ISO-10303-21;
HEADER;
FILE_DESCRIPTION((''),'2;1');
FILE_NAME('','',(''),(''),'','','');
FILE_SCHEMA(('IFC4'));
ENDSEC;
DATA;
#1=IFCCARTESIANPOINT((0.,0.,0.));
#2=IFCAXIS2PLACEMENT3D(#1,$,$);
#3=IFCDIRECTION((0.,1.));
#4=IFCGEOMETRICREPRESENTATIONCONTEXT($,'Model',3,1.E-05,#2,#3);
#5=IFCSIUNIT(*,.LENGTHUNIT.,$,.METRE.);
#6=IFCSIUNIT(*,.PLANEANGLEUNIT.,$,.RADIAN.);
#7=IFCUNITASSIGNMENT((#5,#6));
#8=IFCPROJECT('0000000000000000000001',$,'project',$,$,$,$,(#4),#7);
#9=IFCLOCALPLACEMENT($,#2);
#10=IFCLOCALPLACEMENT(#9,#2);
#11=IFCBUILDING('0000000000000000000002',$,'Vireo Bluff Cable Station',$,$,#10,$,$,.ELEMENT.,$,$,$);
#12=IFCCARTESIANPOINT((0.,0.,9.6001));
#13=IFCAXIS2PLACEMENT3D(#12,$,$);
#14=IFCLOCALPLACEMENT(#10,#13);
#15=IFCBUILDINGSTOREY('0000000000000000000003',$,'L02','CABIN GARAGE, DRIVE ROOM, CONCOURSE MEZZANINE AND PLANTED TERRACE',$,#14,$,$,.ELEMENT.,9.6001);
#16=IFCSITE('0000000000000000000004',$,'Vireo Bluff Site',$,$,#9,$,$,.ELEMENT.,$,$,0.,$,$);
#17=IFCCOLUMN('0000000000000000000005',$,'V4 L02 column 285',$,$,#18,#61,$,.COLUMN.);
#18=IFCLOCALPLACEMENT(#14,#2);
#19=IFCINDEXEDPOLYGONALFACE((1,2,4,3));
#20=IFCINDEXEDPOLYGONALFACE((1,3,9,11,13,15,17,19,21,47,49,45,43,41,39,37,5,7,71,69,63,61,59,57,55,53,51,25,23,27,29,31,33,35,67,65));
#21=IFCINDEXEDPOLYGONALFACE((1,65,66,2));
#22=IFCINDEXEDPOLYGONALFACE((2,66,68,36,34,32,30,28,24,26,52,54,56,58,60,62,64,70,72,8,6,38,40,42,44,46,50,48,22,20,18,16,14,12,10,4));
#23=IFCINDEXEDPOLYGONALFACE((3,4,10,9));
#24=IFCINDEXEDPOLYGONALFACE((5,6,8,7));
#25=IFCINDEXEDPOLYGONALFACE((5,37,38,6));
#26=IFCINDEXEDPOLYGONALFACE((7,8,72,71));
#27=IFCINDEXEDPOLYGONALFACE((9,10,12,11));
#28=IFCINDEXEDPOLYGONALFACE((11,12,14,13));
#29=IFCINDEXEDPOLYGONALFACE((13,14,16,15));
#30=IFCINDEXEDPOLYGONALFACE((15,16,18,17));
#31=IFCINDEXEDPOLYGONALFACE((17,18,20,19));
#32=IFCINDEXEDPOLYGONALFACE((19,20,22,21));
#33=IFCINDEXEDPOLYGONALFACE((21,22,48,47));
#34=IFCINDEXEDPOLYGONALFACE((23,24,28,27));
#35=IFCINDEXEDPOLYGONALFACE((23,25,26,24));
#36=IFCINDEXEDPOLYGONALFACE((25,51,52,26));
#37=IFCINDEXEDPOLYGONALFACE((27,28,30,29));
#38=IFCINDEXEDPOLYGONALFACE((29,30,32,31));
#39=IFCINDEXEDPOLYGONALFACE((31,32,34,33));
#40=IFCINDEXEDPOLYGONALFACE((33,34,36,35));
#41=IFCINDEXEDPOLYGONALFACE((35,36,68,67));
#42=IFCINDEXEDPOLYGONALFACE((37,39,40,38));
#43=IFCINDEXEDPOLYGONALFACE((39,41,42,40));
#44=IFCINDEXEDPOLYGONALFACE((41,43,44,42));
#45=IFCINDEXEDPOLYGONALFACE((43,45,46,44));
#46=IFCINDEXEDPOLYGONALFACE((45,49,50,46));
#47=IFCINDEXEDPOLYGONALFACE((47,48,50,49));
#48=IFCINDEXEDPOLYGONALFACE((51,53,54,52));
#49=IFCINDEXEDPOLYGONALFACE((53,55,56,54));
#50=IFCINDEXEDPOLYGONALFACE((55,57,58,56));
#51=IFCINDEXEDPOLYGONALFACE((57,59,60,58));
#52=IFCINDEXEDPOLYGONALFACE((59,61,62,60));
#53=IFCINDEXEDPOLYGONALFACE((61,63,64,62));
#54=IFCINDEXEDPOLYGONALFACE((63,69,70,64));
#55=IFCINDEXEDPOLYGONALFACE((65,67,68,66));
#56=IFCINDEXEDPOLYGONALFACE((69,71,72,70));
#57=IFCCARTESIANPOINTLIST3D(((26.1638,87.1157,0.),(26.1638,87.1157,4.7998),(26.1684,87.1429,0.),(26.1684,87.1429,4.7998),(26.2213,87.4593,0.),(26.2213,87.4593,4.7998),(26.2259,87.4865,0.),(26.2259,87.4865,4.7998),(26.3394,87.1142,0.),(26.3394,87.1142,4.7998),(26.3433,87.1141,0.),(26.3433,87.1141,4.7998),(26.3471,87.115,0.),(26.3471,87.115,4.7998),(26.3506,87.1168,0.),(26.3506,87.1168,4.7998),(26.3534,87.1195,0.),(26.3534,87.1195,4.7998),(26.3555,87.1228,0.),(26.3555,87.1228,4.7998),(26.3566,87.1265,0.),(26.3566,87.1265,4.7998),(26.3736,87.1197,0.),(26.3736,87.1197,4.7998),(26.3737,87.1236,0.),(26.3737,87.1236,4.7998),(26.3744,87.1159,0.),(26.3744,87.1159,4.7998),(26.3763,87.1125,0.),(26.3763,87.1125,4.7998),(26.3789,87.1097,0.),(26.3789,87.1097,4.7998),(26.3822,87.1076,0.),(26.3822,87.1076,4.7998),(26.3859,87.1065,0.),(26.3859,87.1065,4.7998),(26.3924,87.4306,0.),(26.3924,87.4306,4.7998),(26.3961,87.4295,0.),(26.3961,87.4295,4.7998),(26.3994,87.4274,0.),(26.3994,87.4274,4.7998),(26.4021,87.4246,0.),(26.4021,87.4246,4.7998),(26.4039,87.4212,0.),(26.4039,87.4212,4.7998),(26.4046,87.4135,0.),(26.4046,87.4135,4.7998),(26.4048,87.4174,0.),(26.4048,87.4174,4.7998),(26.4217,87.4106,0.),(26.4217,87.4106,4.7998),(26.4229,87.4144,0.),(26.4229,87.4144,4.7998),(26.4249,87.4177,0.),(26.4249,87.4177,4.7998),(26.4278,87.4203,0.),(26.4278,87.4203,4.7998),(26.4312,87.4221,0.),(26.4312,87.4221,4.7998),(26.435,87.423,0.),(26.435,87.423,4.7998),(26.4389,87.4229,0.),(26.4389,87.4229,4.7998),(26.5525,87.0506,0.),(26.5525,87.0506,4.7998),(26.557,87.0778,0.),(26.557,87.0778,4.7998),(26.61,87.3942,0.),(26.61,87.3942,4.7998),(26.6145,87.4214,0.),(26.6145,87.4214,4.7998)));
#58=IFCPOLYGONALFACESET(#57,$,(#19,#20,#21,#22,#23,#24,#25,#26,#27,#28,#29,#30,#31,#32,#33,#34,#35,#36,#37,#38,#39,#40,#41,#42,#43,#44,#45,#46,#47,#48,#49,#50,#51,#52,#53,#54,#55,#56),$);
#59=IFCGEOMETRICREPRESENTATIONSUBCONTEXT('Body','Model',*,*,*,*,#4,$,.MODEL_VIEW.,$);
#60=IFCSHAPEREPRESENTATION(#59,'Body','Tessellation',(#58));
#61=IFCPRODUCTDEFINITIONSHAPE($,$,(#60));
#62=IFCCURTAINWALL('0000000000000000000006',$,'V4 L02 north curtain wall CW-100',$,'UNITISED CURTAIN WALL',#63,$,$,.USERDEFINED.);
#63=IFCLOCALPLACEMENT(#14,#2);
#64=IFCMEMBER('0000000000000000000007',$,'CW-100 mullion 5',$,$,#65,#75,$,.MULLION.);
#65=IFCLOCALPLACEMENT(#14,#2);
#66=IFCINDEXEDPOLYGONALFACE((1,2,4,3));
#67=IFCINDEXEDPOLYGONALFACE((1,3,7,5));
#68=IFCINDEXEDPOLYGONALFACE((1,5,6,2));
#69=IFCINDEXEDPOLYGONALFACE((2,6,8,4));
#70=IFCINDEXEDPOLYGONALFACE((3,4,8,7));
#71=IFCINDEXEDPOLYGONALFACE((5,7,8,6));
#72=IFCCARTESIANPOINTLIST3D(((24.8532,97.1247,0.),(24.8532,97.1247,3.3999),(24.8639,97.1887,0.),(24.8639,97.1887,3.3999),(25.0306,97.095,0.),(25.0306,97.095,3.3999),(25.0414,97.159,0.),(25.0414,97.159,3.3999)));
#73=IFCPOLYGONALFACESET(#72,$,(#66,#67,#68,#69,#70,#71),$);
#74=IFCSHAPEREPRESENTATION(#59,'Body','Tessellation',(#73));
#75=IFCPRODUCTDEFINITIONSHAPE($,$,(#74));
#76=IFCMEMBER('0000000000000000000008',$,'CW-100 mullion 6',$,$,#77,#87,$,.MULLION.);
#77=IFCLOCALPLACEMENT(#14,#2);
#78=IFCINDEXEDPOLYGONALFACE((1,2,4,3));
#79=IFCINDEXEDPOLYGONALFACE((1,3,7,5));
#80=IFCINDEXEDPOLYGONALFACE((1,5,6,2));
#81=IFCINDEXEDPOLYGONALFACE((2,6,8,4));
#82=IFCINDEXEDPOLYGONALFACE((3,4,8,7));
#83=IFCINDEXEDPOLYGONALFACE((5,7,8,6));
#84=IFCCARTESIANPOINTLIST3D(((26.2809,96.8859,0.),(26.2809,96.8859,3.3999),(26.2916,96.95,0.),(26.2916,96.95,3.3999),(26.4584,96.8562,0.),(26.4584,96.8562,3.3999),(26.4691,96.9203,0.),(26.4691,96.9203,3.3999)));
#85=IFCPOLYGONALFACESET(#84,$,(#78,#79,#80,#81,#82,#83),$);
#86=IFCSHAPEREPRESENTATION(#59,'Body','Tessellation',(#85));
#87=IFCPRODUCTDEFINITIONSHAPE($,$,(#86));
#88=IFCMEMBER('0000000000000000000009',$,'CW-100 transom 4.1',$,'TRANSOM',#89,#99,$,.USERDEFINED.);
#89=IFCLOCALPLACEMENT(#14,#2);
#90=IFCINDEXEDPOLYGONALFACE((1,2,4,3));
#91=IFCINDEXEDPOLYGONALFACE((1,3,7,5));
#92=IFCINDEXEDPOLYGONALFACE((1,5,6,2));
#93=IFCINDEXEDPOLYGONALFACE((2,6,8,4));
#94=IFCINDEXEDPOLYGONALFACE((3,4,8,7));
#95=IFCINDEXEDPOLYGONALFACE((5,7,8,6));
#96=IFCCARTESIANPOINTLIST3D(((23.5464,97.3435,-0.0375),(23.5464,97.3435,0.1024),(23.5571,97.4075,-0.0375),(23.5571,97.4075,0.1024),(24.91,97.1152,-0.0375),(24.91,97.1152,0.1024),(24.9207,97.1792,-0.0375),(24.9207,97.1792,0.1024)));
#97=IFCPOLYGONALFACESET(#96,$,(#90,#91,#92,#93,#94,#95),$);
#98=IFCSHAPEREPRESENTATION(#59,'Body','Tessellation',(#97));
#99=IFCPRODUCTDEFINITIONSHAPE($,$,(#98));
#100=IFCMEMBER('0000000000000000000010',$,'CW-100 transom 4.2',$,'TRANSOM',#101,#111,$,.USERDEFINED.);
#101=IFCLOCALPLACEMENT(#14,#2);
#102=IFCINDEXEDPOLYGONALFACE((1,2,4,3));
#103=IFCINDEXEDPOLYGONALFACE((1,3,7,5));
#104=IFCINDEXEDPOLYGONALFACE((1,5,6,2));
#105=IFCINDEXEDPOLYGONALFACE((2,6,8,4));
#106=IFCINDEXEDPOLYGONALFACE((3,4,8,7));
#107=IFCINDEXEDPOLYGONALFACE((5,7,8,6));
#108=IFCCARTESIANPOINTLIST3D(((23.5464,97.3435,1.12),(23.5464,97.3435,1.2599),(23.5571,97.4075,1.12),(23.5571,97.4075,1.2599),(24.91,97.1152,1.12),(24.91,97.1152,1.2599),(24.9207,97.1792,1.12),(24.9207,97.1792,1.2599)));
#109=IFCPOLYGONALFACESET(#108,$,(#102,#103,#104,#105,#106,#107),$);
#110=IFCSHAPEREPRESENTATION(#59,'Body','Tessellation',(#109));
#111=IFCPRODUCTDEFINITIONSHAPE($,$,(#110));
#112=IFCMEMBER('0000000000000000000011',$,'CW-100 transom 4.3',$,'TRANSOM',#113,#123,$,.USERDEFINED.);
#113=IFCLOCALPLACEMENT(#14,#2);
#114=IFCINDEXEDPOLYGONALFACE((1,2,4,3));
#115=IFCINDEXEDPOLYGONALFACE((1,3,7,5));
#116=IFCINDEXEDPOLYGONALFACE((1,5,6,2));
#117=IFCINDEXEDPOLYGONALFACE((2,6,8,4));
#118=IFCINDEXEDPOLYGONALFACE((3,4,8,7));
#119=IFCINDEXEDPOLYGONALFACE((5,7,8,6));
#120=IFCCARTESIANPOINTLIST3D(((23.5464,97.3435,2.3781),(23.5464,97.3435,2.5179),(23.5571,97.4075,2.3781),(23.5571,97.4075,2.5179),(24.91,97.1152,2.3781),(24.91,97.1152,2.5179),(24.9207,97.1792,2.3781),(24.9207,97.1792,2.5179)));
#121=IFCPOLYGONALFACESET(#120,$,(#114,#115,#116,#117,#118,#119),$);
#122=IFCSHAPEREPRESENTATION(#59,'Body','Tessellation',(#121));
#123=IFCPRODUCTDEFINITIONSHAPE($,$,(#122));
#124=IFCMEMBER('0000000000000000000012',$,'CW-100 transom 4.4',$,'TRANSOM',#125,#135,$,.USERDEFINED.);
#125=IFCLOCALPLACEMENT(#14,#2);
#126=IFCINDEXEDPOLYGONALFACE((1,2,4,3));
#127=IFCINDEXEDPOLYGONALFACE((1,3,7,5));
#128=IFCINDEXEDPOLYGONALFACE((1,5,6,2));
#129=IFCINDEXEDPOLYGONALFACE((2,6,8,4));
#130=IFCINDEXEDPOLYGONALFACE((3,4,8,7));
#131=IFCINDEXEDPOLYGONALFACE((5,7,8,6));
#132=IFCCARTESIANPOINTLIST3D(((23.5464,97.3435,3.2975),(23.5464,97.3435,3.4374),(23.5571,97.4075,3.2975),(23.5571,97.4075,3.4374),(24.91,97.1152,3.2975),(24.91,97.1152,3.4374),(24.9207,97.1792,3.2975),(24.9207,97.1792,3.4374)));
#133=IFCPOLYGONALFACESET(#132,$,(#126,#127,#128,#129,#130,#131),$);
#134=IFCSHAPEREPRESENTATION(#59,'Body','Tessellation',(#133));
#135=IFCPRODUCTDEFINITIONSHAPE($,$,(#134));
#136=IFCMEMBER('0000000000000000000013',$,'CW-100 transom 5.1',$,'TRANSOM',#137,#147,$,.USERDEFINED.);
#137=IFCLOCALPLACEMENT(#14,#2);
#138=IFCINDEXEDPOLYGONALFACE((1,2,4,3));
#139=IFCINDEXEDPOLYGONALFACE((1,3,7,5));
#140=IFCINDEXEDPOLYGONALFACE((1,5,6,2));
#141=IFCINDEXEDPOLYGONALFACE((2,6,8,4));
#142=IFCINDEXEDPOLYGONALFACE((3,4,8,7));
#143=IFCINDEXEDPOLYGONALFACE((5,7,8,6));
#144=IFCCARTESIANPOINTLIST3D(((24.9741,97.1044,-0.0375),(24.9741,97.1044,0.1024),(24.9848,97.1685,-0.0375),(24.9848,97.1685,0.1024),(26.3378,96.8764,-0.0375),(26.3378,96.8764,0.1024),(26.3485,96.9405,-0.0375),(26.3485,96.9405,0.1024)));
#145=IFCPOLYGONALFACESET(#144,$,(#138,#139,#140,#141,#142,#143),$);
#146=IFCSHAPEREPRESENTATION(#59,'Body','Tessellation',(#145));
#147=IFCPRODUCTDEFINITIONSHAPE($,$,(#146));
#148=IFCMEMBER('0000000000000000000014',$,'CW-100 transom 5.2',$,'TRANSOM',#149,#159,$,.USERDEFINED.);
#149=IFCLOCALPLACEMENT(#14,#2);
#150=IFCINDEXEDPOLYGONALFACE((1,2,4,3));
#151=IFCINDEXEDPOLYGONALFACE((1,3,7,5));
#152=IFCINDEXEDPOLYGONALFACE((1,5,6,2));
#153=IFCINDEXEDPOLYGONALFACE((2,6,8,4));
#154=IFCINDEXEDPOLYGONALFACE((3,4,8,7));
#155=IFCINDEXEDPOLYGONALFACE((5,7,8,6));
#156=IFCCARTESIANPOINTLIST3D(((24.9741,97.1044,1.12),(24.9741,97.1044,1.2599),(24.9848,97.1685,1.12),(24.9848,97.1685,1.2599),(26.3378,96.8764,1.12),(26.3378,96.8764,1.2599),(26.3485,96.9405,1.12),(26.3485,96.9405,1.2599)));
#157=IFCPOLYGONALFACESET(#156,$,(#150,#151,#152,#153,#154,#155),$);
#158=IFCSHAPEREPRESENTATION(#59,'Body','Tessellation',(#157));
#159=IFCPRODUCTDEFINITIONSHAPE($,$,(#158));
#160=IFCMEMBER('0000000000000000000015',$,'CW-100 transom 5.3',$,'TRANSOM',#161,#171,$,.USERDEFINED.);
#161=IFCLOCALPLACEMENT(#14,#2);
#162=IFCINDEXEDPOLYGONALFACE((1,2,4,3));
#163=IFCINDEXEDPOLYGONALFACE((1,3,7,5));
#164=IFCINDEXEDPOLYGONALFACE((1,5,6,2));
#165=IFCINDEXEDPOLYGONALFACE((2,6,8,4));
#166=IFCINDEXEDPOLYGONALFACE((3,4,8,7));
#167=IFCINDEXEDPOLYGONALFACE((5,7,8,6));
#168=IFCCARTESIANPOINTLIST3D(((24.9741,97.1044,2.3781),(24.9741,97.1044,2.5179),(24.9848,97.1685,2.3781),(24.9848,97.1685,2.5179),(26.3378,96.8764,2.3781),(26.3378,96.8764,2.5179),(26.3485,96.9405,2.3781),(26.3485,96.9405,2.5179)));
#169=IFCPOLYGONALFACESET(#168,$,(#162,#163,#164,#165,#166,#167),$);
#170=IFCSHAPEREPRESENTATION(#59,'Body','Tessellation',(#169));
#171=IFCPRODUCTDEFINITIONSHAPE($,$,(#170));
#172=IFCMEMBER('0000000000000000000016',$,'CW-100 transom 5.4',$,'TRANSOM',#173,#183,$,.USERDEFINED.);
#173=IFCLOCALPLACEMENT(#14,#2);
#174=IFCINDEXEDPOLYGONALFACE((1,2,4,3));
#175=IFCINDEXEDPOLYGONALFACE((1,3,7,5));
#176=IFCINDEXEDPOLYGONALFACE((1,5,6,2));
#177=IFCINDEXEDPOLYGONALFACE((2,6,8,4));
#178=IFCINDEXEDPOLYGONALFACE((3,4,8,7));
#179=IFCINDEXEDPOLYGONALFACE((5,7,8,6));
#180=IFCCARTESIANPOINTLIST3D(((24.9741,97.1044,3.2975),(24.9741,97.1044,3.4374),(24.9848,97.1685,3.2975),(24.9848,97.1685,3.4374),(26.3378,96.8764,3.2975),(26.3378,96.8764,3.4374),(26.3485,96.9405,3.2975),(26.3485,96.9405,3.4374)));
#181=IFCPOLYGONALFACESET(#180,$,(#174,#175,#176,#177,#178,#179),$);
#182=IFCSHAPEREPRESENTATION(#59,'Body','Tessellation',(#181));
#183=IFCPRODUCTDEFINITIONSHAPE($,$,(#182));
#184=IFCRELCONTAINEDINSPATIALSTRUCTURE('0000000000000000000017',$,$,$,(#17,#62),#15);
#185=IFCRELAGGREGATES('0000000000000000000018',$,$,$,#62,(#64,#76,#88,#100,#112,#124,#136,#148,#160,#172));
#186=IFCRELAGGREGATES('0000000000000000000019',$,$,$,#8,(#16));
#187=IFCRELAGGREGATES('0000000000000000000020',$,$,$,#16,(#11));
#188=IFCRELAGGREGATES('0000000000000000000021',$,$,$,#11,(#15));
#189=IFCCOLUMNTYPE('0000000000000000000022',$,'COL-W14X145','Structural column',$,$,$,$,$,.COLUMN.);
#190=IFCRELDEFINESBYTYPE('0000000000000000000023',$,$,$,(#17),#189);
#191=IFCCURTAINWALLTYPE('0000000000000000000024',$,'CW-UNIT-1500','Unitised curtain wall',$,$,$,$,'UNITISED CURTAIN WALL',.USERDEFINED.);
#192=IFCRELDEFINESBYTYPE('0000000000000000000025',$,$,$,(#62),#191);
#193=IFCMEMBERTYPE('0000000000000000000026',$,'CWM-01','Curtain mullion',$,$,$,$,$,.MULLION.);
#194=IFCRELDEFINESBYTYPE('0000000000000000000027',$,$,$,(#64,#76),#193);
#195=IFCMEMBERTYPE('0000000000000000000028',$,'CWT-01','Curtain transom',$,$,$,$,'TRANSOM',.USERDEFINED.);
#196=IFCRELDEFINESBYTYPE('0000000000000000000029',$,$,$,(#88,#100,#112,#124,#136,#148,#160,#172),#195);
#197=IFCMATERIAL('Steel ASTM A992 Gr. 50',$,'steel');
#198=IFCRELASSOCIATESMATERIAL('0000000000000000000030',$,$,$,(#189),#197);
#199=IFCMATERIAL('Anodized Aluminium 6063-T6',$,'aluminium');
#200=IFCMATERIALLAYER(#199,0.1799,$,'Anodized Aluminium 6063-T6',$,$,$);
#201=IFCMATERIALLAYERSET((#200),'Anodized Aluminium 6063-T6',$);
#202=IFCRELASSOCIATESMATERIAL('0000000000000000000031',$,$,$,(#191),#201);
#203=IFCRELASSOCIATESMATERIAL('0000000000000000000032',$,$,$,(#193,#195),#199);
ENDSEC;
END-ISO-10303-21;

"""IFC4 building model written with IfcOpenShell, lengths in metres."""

from ifc_helpers import new_model, si_unit, direction, frame, origin, origin_2d, place, context, subcontext, project, spatial, rectangle, i_section, extrude, material, layer, layer_set, material_profile, profile_set, type_object, element, aggregate, save


model = new_model("IFC4")

# Units and contexts
model_context = context("Model", 3, precision=1e-05, world=origin(), true_north=direction((0.0, 1.0)))
body_context = subcontext(model_context, "Body", "Model", "MODEL_VIEW")
ifc_project = project(units=[si_unit("LENGTHUNIT", "METRE"), si_unit("PLANEANGLEUNIT", "RADIAN")], contexts=[model_context])

# Site, building, storey
site_placement = place(None, origin())
site = spatial("IfcSite", under=ifc_project, at=site_placement, Name="Vireo Bluff Site", CompositionType="ELEMENT", RefElevation=0.0)
building_placement = place(site_placement, origin())
building = spatial("IfcBuilding", under=site, at=building_placement, Name="Vireo Bluff Cable Station", CompositionType="ELEMENT")
storey_placement = place(building_placement, frame((0.0, 0.0, 9.6001)))
storey = spatial("IfcBuildingStorey", under=building, at=storey_placement, Name="L02", Description="CABIN GARAGE, DRIVE ROOM, CONCOURSE MEZZANINE AND PLANTED TERRACE", CompositionType="ELEMENT", Elevation=9.6001)

# Column
ifc_material_1 = material(Name="Steel ASTM A992 Gr. 50", Category="steel")
ifc_material_profile_1 = material_profile(ifc_material_1, i_section(OverallWidth=0.394, OverallDepth=0.376, WebThickness=0.0173, FlangeThickness=0.0276, FilletRadius=0.0149, at=origin_2d()), Name="W14X145")
ifc_profile_set_1 = profile_set([ifc_material_profile_1], Name="Steel ASTM A992 Gr. 50")
column_type = type_object("IfcColumnType", Name="COL-W14X145", Description="Structural column", PredefinedType="COLUMN", material=ifc_profile_set_1)
column_placement = place(storey_placement, frame((26.3892, 87.2686, 0.0), z_axis=(0.0, 0.0, 1.0), x_axis=(0.986286, -0.165048, 0.0)))
element("IfcColumn", 1, at=column_placement, inside=storey, type_object=column_type, Name="V4 L02 column 285", PredefinedType="COLUMN", context=body_context, shape_type="SweptSolid", body=[
    extrude(i_section(OverallWidth=0.394, OverallDepth=0.376, WebThickness=0.0173, FlangeThickness=0.0276, FilletRadius=0.0149, at=origin_2d()), origin(), (0.0, 0.0, 1.0), 4.7998),
])

# Curtain wall, members
ifc_material_2 = material(Name="Anodized Aluminium 6063-T6", Category="aluminium")
ifc_layer_1 = layer(ifc_material_2, 0.1799, Name="Anodized Aluminium 6063-T6")
ifc_layer_set_1 = layer_set([ifc_layer_1], Name="Anodized Aluminium 6063-T6")
curtain_wall_type = type_object("IfcCurtainWallType", Name="CW-UNIT-1500", Description="Unitised curtain wall", ElementType="UNITISED CURTAIN WALL", PredefinedType="USERDEFINED", material=ifc_layer_set_1)
curtain_wall_placement = place(storey_placement, origin())
curtain_wall = element("IfcCurtainWall", 2, at=curtain_wall_placement, inside=storey, type_object=curtain_wall_type, Name="V4 L02 north curtain wall CW-100", ObjectType="UNITISED CURTAIN WALL", PredefinedType="USERDEFINED")
ifc_material_profile_2 = material_profile(ifc_material_2, rectangle(XDim=0.0649, YDim=0.1799, at=origin_2d()), Name="ALU-M-65X180")
ifc_profile_set_2 = profile_set([ifc_material_profile_2], Name="Anodized Aluminium 6063-T6")
member_type_1 = type_object("IfcMemberType", Name="CWM-01", Description="Curtain mullion", PredefinedType="MULLION", material=ifc_profile_set_2)
member_1_placement = place(storey_placement, frame((24.9473, 97.1418, 0.0), z_axis=(0.0, 0.0, 1.0), x_axis=(0.165048, 0.986286, 0.0)))
member_1 = element("IfcMember", 3, at=member_1_placement, type_object=member_type_1, Name="CW-100 mullion 5", PredefinedType="MULLION", context=body_context, shape_type="SweptSolid", body=[
    extrude(rectangle(XDim=0.0649, YDim=0.1799, at=origin_2d()), origin(), (0.0, 0.0, 1.0), 3.3999),
])
member_2_placement = place(storey_placement, frame((26.375, 96.9031, 0.0), z_axis=(0.0, 0.0, 1.0), x_axis=(0.165048, 0.986286, 0.0)))
member_2 = element("IfcMember", 4, at=member_2_placement, type_object=member_type_1, Name="CW-100 mullion 6", PredefinedType="MULLION", context=body_context, shape_type="SweptSolid", body=[
    extrude(rectangle(XDim=0.0649, YDim=0.1799, at=origin_2d()), origin(), (0.0, 0.0, 1.0), 3.3999),
])
ifc_material_profile_3 = material_profile(ifc_material_2, rectangle(XDim=0.0649, YDim=0.1399, at=origin_2d()), Name="ALU-T-65X140")
ifc_profile_set_3 = profile_set([ifc_material_profile_3], Name="Anodized Aluminium 6063-T6")
member_type_2 = type_object("IfcMemberType", Name="CWT-01", Description="Curtain transom", ElementType="TRANSOM", PredefinedType="USERDEFINED", material=ifc_profile_set_3)
member_3_placement = place(storey_placement, frame((23.5518, 97.3755, 0.0325), z_axis=(0.986274, -0.165115, 0.0), x_axis=(0.165115, 0.986274, 0.0)))
member_3 = element("IfcMember", 5, at=member_3_placement, type_object=member_type_2, Name="CW-100 transom 4.1", ObjectType="TRANSOM", PredefinedType="USERDEFINED", context=body_context, shape_type="SweptSolid", body=[
    extrude(rectangle(XDim=0.0649, YDim=0.1399, at=origin_2d()), origin(), (0.0, 0.0, 1.0), 1.3826),
])
member_4_placement = place(storey_placement, frame((23.5518, 97.3755, 1.1899), z_axis=(0.986274, -0.165115, 0.0), x_axis=(0.165115, 0.986274, 0.0)))
member_4 = element("IfcMember", 6, at=member_4_placement, type_object=member_type_2, Name="CW-100 transom 4.2", ObjectType="TRANSOM", PredefinedType="USERDEFINED", context=body_context, shape_type="SweptSolid", body=[
    extrude(rectangle(XDim=0.0649, YDim=0.1399, at=origin_2d()), origin(), (0.0, 0.0, 1.0), 1.3826),
])
member_5_placement = place(storey_placement, frame((23.5518, 97.3755, 2.448), z_axis=(0.986274, -0.165115, 0.0), x_axis=(0.165115, 0.986274, 0.0)))
member_5 = element("IfcMember", 7, at=member_5_placement, type_object=member_type_2, Name="CW-100 transom 4.3", ObjectType="TRANSOM", PredefinedType="USERDEFINED", context=body_context, shape_type="SweptSolid", body=[
    extrude(rectangle(XDim=0.0649, YDim=0.1399, at=origin_2d()), origin(), (0.0, 0.0, 1.0), 1.3826),
])
member_6_placement = place(storey_placement, frame((23.5518, 97.3755, 3.3674), z_axis=(0.986274, -0.165115, 0.0), x_axis=(0.165115, 0.986274, 0.0)))
member_6 = element("IfcMember", 8, at=member_6_placement, type_object=member_type_2, Name="CW-100 transom 4.4", ObjectType="TRANSOM", PredefinedType="USERDEFINED", context=body_context, shape_type="SweptSolid", body=[
    extrude(rectangle(XDim=0.0649, YDim=0.1399, at=origin_2d()), origin(), (0.0, 0.0, 1.0), 1.3826),
])
member_7_placement = place(storey_placement, frame((24.9795, 97.1365, 0.0325), z_axis=(0.986303, -0.164943, 0.0), x_axis=(0.164943, 0.986303, 0.0)))
member_7 = element("IfcMember", 9, at=member_7_placement, type_object=member_type_2, Name="CW-100 transom 5.1", ObjectType="TRANSOM", PredefinedType="USERDEFINED", context=body_context, shape_type="SweptSolid", body=[
    extrude(rectangle(XDim=0.0649, YDim=0.1399, at=origin_2d()), origin(), (0.0, 0.0, 1.0), 1.3826),
])
member_8_placement = place(storey_placement, frame((24.9795, 97.1365, 1.1899), z_axis=(0.986303, -0.164943, 0.0), x_axis=(0.164943, 0.986303, 0.0)))
member_8 = element("IfcMember", 10, at=member_8_placement, type_object=member_type_2, Name="CW-100 transom 5.2", ObjectType="TRANSOM", PredefinedType="USERDEFINED", context=body_context, shape_type="SweptSolid", body=[
    extrude(rectangle(XDim=0.0649, YDim=0.1399, at=origin_2d()), origin(), (0.0, 0.0, 1.0), 1.3826),
])
member_9_placement = place(storey_placement, frame((24.9795, 97.1365, 2.448), z_axis=(0.986303, -0.164943, 0.0), x_axis=(0.164943, 0.986303, 0.0)))
member_9 = element("IfcMember", 11, at=member_9_placement, type_object=member_type_2, Name="CW-100 transom 5.3", ObjectType="TRANSOM", PredefinedType="USERDEFINED", context=body_context, shape_type="SweptSolid", body=[
    extrude(rectangle(XDim=0.0649, YDim=0.1399, at=origin_2d()), origin(), (0.0, 0.0, 1.0), 1.3826),
])
member_10_placement = place(storey_placement, frame((24.9795, 97.1365, 3.3674), z_axis=(0.986303, -0.164943, 0.0), x_axis=(0.164943, 0.986303, 0.0)))
member_10 = element("IfcMember", 12, at=member_10_placement, type_object=member_type_2, Name="CW-100 transom 5.4", ObjectType="TRANSOM", PredefinedType="USERDEFINED", context=body_context, shape_type="SweptSolid", body=[
    extrude(rectangle(XDim=0.0649, YDim=0.1399, at=origin_2d()), origin(), (0.0, 0.0, 1.0), 1.3826),
])

aggregate(curtain_wall, [member_1, member_2, member_3, member_4, member_5, member_6, member_7, member_8, member_9, member_10])

save(model, "model.ifc")
